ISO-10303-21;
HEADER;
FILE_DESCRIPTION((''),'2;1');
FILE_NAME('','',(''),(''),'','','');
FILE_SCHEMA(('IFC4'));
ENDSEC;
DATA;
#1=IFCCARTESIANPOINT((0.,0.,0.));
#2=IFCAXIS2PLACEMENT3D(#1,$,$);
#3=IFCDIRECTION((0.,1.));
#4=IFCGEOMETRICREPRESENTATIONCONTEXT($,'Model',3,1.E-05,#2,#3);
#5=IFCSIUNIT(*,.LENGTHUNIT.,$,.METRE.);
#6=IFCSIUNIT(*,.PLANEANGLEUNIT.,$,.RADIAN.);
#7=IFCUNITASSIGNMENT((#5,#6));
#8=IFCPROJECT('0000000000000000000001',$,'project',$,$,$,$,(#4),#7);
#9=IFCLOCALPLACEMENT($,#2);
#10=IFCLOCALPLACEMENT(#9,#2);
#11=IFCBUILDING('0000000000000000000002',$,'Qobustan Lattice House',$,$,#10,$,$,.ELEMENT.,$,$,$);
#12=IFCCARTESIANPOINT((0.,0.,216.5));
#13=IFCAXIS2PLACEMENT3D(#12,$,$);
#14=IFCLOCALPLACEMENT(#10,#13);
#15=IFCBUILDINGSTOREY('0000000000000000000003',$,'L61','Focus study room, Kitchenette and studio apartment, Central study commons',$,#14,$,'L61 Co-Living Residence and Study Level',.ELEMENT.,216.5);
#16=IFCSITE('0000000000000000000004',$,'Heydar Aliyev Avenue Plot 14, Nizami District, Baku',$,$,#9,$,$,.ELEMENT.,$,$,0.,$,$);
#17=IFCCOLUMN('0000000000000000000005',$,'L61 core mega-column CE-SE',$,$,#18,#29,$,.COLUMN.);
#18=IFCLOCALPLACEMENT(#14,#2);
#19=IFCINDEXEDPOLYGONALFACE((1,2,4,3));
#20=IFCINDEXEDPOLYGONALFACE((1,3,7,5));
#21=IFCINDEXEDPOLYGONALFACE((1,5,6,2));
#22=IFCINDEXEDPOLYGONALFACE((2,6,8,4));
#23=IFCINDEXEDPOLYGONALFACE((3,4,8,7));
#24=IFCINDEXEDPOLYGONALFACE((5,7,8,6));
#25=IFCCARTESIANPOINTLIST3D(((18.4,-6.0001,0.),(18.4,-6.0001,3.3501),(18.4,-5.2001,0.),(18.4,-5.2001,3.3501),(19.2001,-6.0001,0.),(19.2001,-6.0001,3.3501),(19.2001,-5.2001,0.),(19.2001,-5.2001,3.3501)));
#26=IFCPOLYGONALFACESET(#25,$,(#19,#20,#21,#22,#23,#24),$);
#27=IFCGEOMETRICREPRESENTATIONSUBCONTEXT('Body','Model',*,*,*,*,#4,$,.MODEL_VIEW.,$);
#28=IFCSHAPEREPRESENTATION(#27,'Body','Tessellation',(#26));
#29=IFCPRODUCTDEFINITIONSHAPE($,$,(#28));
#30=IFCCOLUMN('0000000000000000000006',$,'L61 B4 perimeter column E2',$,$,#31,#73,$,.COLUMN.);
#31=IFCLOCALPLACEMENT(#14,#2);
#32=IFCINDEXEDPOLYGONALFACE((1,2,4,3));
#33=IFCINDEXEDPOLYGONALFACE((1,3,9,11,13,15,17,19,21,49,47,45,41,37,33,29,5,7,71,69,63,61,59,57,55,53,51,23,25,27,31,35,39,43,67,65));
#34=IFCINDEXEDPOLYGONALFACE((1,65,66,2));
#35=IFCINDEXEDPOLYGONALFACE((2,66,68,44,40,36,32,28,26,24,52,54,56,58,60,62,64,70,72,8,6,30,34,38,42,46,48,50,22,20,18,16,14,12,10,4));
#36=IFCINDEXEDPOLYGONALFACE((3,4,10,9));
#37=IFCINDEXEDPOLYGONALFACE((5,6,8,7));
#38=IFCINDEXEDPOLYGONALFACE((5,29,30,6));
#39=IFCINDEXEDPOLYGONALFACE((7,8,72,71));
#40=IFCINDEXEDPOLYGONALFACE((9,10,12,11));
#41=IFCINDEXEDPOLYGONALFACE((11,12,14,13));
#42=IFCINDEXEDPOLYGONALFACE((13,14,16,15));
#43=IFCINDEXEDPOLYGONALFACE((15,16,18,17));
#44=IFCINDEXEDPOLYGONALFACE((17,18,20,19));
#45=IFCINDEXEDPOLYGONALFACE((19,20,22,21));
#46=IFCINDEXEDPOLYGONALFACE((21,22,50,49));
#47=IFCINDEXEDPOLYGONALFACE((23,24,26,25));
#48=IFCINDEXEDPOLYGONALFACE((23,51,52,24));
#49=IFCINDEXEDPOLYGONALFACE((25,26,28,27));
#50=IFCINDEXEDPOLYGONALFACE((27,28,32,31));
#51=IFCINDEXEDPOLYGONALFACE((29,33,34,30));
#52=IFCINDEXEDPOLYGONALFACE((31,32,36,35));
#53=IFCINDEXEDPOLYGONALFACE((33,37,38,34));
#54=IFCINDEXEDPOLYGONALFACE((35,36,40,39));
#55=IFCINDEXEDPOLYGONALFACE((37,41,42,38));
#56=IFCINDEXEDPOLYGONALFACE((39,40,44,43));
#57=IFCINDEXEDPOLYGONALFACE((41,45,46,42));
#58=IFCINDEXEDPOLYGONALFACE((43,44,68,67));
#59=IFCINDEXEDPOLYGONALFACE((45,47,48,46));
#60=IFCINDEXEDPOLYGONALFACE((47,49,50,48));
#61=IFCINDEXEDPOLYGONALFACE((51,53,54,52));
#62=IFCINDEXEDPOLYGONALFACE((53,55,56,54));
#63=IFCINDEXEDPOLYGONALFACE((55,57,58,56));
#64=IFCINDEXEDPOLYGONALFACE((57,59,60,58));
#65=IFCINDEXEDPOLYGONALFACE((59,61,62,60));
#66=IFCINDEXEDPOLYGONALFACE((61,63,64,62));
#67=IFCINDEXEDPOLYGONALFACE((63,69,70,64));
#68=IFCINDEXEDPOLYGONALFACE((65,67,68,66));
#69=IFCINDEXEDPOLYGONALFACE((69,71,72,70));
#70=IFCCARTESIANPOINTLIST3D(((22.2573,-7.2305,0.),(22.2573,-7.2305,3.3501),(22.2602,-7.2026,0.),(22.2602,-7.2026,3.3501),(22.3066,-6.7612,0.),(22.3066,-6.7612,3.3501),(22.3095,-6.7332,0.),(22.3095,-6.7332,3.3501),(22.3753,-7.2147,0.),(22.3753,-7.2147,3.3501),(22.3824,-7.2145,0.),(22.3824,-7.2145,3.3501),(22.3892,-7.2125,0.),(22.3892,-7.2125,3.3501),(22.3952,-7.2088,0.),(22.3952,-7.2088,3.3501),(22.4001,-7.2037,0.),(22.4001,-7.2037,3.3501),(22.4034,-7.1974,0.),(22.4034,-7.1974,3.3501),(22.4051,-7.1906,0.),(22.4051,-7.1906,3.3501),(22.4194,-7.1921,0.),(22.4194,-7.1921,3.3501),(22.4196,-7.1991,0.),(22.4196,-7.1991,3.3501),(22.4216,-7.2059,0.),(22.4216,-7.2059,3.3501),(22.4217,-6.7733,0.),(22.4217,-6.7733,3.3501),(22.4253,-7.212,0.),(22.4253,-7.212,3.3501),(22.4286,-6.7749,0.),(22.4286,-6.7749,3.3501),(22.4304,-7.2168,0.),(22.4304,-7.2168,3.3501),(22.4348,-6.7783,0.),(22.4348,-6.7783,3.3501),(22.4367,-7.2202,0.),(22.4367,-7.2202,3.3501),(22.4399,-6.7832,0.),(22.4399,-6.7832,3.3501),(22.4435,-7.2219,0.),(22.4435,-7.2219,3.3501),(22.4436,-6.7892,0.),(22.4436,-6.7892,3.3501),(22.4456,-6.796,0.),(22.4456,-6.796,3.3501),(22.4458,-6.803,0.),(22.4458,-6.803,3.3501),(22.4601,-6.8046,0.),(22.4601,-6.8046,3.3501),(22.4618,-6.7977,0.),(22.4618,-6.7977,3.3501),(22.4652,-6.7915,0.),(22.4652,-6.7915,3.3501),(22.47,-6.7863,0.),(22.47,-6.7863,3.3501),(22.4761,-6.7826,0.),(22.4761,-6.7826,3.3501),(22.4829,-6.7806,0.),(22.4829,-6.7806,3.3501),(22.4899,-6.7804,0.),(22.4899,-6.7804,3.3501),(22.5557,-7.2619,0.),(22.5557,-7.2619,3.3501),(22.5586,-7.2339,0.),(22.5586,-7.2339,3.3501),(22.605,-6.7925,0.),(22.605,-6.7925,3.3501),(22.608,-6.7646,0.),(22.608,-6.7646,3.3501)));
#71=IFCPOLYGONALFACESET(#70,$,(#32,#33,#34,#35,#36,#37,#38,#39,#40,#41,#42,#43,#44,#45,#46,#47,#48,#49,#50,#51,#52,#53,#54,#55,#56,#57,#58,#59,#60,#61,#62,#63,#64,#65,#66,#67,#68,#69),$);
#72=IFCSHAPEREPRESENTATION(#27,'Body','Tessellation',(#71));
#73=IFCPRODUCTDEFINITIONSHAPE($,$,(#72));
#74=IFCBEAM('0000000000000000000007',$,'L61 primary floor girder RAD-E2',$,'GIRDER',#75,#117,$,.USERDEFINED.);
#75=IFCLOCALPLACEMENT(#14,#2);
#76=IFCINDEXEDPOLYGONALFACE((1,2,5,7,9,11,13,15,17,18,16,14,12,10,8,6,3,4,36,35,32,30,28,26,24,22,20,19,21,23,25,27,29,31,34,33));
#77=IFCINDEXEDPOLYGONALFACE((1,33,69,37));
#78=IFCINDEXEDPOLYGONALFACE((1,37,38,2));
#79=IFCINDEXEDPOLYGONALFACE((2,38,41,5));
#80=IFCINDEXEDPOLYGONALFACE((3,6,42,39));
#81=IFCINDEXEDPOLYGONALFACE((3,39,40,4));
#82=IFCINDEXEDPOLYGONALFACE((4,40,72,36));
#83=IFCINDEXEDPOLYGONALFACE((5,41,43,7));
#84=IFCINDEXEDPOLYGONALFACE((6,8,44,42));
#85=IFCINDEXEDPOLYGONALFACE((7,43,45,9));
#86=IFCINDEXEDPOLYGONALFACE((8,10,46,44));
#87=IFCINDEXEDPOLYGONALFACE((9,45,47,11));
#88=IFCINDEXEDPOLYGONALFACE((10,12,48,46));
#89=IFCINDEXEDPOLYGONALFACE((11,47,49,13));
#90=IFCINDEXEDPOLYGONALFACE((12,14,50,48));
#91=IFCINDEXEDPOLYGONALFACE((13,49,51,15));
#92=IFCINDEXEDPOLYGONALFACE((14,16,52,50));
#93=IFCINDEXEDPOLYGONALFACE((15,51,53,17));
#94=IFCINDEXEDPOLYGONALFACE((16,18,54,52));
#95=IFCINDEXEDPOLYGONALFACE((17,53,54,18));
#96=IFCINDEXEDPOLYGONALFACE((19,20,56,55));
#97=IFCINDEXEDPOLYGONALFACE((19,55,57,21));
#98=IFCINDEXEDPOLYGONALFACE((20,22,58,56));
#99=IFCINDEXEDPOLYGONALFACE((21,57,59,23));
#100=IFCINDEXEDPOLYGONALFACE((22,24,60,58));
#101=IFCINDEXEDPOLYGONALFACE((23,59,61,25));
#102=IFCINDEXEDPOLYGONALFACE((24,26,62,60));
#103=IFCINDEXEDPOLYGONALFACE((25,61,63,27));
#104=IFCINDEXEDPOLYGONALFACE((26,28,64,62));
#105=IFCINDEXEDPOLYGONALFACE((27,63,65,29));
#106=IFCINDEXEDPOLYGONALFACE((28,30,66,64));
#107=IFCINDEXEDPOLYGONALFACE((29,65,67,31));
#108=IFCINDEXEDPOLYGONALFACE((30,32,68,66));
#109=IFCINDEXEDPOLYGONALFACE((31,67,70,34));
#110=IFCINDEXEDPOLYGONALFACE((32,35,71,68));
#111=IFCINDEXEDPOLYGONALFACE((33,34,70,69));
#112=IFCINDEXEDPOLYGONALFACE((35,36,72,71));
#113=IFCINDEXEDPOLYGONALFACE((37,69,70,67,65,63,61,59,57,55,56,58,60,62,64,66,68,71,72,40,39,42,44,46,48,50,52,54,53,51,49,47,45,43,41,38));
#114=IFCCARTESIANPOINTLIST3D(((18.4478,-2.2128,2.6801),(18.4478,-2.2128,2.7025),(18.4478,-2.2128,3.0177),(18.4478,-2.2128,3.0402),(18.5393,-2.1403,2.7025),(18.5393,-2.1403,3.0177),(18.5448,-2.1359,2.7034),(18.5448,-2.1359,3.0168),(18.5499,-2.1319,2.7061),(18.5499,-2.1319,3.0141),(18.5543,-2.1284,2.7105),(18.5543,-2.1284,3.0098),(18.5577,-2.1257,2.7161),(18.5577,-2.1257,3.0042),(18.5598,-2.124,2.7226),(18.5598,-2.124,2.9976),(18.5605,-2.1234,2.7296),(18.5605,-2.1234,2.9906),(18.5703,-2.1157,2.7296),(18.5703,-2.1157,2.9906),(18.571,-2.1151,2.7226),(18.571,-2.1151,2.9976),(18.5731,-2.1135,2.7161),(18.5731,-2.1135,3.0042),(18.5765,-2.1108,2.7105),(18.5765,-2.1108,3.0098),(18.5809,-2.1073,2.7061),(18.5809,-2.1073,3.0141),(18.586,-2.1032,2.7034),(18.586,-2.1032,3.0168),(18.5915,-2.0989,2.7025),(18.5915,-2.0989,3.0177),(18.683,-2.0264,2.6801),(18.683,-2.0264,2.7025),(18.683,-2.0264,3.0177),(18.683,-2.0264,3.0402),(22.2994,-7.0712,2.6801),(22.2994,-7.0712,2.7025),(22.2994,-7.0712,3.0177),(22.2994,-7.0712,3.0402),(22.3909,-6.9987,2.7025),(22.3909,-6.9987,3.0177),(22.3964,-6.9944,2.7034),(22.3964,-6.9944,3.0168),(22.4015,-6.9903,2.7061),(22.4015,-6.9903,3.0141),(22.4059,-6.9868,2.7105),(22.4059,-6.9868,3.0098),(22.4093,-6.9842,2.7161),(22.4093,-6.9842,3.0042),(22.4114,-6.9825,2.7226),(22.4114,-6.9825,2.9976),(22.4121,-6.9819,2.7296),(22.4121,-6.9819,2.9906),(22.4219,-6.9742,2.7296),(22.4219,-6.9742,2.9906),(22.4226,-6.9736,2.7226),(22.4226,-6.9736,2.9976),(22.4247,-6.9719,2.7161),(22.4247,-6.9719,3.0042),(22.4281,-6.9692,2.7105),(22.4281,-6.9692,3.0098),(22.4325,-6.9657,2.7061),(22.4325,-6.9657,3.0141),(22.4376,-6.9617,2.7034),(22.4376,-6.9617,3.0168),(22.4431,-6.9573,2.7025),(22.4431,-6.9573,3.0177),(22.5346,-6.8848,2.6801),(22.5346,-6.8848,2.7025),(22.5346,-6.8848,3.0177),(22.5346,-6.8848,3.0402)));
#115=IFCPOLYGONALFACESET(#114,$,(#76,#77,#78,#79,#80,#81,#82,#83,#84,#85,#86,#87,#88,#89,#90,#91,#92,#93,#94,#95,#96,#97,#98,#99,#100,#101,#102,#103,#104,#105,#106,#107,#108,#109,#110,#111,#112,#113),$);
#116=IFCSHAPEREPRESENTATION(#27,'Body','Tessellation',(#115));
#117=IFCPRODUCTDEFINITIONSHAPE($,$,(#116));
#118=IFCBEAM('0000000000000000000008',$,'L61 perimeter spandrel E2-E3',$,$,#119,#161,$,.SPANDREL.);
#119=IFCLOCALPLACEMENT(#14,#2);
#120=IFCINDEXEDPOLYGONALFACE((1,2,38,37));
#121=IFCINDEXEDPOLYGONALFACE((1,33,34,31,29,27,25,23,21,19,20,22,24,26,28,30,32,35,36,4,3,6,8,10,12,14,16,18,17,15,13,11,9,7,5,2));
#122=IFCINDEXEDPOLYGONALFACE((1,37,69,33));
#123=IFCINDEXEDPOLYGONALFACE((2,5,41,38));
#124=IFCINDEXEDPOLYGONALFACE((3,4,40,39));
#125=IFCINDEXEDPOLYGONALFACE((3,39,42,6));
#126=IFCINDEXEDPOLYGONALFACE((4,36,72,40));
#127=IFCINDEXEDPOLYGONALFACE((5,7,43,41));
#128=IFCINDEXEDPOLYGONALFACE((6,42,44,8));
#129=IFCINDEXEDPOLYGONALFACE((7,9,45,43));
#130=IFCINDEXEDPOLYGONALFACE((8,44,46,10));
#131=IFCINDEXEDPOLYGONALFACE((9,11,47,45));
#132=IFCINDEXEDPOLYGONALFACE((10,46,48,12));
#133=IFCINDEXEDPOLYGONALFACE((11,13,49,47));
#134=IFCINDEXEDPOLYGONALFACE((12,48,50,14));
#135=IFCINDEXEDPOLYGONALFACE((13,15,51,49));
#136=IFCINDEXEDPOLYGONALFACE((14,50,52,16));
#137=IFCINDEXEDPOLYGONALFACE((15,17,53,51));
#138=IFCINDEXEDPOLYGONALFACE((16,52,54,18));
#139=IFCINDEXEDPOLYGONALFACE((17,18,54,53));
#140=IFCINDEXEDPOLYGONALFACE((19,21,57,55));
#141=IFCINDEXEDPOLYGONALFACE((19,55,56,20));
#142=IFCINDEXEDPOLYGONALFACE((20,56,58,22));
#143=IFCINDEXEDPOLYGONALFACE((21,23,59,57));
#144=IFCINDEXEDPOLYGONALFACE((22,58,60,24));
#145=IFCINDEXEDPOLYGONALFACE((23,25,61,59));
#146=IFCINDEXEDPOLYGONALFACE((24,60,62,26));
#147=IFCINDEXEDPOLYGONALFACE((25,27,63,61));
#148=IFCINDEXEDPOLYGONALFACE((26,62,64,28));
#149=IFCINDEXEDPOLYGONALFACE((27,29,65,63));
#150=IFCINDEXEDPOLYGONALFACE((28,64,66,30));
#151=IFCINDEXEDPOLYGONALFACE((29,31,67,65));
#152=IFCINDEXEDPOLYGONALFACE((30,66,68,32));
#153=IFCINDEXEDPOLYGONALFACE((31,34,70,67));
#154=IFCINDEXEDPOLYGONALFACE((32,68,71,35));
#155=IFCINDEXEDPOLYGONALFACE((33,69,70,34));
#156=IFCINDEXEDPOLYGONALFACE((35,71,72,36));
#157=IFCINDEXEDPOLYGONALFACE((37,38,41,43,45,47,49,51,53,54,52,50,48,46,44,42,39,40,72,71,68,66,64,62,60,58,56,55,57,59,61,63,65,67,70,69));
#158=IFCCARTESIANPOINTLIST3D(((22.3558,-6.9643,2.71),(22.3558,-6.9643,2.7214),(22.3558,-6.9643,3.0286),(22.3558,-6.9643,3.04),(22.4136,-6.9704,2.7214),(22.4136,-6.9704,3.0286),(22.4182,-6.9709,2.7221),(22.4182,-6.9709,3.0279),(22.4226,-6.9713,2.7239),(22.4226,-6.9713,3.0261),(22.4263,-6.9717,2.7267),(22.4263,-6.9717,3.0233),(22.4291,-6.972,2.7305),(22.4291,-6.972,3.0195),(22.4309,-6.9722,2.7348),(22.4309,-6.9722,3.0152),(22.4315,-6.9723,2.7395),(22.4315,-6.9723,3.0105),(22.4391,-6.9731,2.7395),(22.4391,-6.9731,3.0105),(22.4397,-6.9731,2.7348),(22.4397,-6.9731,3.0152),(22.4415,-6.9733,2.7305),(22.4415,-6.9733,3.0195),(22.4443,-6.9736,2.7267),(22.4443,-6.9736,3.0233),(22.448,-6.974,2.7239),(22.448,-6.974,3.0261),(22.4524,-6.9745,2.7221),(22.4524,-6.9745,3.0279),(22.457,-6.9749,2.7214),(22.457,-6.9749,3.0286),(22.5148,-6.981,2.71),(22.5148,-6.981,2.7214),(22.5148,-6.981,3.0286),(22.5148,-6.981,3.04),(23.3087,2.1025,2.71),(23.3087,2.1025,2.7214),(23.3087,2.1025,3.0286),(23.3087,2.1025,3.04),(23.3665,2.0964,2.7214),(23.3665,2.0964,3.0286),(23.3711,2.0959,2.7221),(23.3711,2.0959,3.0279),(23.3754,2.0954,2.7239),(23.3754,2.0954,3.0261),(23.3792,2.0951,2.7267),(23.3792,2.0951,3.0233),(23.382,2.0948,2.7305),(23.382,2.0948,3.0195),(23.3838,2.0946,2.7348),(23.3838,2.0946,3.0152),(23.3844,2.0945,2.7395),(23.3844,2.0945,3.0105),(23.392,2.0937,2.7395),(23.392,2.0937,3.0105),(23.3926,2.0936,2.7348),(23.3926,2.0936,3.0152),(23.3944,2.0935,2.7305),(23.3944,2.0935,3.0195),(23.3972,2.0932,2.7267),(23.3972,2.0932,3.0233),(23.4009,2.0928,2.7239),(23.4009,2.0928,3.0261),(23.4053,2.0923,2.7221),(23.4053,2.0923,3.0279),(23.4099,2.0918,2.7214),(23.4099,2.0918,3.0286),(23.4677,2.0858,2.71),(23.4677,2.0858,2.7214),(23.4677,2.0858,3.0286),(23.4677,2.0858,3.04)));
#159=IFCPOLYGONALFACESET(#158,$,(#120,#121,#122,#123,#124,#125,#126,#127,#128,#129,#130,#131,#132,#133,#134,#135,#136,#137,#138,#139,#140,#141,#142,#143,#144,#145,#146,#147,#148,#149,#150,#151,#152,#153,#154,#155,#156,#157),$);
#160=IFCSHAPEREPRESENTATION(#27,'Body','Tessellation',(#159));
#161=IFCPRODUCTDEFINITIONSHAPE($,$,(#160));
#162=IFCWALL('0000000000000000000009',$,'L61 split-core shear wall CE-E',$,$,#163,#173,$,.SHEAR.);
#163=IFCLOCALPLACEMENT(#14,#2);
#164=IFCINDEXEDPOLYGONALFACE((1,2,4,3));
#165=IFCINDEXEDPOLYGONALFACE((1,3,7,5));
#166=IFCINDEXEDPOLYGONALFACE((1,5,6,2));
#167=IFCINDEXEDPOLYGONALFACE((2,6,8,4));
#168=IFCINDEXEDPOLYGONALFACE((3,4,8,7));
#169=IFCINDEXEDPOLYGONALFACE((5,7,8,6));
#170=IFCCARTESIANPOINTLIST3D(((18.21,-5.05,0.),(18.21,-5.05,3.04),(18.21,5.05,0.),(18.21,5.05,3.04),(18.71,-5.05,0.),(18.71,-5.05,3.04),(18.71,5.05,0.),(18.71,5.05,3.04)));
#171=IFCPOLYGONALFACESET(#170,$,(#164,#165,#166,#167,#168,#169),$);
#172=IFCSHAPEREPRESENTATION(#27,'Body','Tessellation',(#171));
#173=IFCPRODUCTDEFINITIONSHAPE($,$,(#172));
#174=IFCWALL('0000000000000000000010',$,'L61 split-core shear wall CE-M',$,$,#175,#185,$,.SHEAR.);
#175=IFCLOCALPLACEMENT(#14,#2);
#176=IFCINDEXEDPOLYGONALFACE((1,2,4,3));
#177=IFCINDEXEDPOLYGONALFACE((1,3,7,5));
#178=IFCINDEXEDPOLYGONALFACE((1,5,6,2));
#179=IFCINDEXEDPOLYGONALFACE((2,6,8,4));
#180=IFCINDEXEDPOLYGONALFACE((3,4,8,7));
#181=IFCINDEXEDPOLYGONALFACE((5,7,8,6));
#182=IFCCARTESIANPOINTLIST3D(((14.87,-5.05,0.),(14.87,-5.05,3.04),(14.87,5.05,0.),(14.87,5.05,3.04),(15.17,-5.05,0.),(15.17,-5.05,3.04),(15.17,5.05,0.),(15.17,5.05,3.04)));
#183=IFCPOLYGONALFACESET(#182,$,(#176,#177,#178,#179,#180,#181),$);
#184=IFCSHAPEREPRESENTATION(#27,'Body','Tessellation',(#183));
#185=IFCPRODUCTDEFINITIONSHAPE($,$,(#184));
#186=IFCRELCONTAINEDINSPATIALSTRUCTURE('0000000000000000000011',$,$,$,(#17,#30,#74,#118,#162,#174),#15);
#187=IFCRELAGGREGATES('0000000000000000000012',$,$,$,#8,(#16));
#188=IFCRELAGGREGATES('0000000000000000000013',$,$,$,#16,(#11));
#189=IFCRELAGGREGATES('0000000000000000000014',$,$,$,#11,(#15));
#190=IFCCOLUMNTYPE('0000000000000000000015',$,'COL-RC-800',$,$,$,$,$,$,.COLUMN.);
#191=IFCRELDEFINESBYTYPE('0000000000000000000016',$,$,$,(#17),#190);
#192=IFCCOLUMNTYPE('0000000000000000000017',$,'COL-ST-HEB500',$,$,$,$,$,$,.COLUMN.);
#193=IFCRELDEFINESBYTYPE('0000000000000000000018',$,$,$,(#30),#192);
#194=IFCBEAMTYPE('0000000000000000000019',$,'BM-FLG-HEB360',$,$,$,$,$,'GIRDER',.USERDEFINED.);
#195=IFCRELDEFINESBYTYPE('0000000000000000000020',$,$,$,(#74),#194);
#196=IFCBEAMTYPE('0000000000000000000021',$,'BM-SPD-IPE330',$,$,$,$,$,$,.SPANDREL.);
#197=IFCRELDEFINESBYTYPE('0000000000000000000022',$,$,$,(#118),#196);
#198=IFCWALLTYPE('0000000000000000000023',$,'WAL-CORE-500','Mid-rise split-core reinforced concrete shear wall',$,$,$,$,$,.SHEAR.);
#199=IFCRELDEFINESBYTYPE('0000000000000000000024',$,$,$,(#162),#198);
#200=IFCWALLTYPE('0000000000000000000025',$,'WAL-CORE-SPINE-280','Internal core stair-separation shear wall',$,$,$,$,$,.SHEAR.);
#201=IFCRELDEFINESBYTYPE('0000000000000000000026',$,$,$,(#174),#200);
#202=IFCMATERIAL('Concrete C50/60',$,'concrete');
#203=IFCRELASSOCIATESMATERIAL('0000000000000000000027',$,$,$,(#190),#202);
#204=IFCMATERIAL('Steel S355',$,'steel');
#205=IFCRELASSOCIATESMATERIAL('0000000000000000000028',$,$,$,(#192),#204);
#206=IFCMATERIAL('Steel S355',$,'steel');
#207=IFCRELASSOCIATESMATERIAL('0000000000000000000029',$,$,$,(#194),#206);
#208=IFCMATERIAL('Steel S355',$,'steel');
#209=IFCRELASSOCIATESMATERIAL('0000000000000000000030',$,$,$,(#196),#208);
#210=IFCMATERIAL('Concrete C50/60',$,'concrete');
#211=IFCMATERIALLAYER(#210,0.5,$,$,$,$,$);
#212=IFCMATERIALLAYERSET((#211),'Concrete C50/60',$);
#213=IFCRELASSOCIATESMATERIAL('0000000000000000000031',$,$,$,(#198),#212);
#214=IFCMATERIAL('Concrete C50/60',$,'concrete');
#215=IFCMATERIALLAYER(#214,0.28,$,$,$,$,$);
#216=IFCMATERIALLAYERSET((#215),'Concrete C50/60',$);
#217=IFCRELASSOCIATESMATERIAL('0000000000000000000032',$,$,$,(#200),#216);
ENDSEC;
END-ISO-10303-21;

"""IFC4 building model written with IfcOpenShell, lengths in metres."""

from ifc_helpers import new_model, si_unit, direction, frame, frame_2d, origin, origin_2d, place, context, subcontext, project, spatial, rectangle, i_section, extrude, material, layer, layer_set, material_profile, profile_set, type_object, element, save


model = new_model("IFC4")

# Units and contexts
model_context = context("Model", 3, precision=1e-05, world=origin(), true_north=direction((0.0, 1.0)))
body_context = subcontext(model_context, "Body", "Model", "MODEL_VIEW")
ifc_project = project(units=[si_unit("LENGTHUNIT", "METRE"), si_unit("PLANEANGLEUNIT", "RADIAN")], contexts=[model_context])

# Site, building, storey
site_placement = place(None, origin())
site = spatial("IfcSite", under=ifc_project, at=site_placement, Name="Heydar Aliyev Avenue Plot 14, Nizami District, Baku", CompositionType="ELEMENT", RefElevation=0.0)
building_placement = place(site_placement, origin())
building = spatial("IfcBuilding", under=site, at=building_placement, Name="Qobustan Lattice House", CompositionType="ELEMENT")
storey_placement = place(building_placement, frame((0.0, 0.0, 216.5)))
storey = spatial("IfcBuildingStorey", under=building, at=storey_placement, Name="L61", Description="Focus study room, Kitchenette and studio apartment, Central study commons", LongName="L61 Co-Living Residence and Study Level", CompositionType="ELEMENT", Elevation=216.5)

# Columns
ifc_material_1 = material(Name="Concrete C50/60", Category="concrete")
ifc_material_profile_1 = material_profile(ifc_material_1, rectangle(XDim=0.8, YDim=0.8, at=origin_2d()), Name="RC800x800")
ifc_profile_set_1 = profile_set([ifc_material_profile_1], Name="Concrete C50/60")
column_type_1 = type_object("IfcColumnType", Name="COL-RC-800", PredefinedType="COLUMN", material=ifc_profile_set_1)
column_1_placement = place(storey_placement, frame((18.8, -5.6001, 0.0), z_axis=(0.0, 0.0, 1.0), x_axis=(1.0, 0.0, 0.0)))
element("IfcColumn", 1, at=column_1_placement, inside=storey, type_object=column_type_1, Name="L61 core mega-column CE-SE", PredefinedType="COLUMN", context=body_context, shape_type="SweptSolid", body=[
    extrude(rectangle(XDim=0.8, YDim=0.8, at=origin_2d()), origin(), (0.0, 0.0, 1.0), 3.3501),
])
ifc_material_2 = material(Name="Steel S355", Category="steel")
ifc_material_profile_2 = material_profile(ifc_material_2, i_section(OverallWidth=0.3, OverallDepth=0.5, WebThickness=0.0144, FlangeThickness=0.0281, FilletRadius=0.0271, at=origin_2d()), Name="HEB500")
ifc_profile_set_2 = profile_set([ifc_material_profile_2], Name="Steel S355")
column_type_2 = type_object("IfcColumnType", Name="COL-ST-HEB500", PredefinedType="COLUMN", material=ifc_profile_set_2)
column_2_placement = place(storey_placement, frame((22.4326, -6.9976, 0.0), z_axis=(0.0, 0.0, 1.0), x_axis=(0.994522, -0.104528, 0.0)))
element("IfcColumn", 2, at=column_2_placement, inside=storey, type_object=column_type_2, Name="L61 B4 perimeter column E2", PredefinedType="COLUMN", context=body_context, shape_type="SweptSolid", body=[
    extrude(i_section(OverallWidth=0.3, OverallDepth=0.5, WebThickness=0.0144, FlangeThickness=0.0281, FilletRadius=0.0271, at=origin_2d()), origin(), (0.0, 0.0, 1.0), 3.3501),
])

# Beams
ifc_material_3 = material(Name="Steel S355", Category="steel")
ifc_material_profile_3 = material_profile(ifc_material_3, i_section(OverallWidth=0.3, OverallDepth=0.3601, WebThickness=0.0125, FlangeThickness=0.0225, FilletRadius=0.0271, at=origin_2d()), Name="HEB360")
ifc_profile_set_3 = profile_set([ifc_material_profile_3], Name="Steel S355")
beam_type_1 = type_object("IfcBeamType", Name="BM-FLG-HEB360", ElementType="GIRDER", PredefinedType="USERDEFINED", material=ifc_profile_set_3)
beam_1_placement = place(storey_placement, frame((22.417, -6.978, 2.8601), z_axis=(-0.621231, 0.783627, 0.0), x_axis=(-0.783627, -0.621231, 0.0)))
element("IfcBeam", 3, at=beam_1_placement, inside=storey, type_object=beam_type_1, Name="L61 primary floor girder RAD-E2", ObjectType="GIRDER", PredefinedType="USERDEFINED", context=body_context, shape_type="SweptSolid", body=[
    extrude(i_section(OverallWidth=0.3, OverallDepth=0.3601, WebThickness=0.0125, FlangeThickness=0.0225, FilletRadius=0.0271, at=origin_2d()), origin(), (0.0, 0.0, 1.0), 6.2),
])
ifc_material_4 = material(Name="Steel S355", Category="steel")
ifc_material_profile_4 = material_profile(ifc_material_4, i_section(OverallWidth=0.1599, OverallDepth=0.3301, WebThickness=0.0076, FlangeThickness=0.0115, FilletRadius=0.0181, at=origin_2d()), Name="IPE330")
ifc_profile_set_4 = profile_set([ifc_material_profile_4], Name="Steel S355")
beam_type_2 = type_object("IfcBeamType", Name="BM-SPD-IPE330", PredefinedType="SPANDREL", material=ifc_profile_set_4)
beam_2_placement = place(storey_placement, frame((22.4353, -6.9727, 2.875), z_axis=(0.104522, 0.994523, 0.0), x_axis=(-0.994523, 0.104522, 0.0)))
element("IfcBeam", 4, at=beam_2_placement, inside=storey, type_object=beam_type_2, Name="L61 perimeter spandrel E2-E3", PredefinedType="SPANDREL", context=body_context, shape_type="SweptSolid", body=[
    extrude(i_section(OverallWidth=0.1599, OverallDepth=0.3301, WebThickness=0.0076, FlangeThickness=0.0115, FilletRadius=0.0181, at=origin_2d()), origin(), (0.0, 0.0, 1.0), 9.1167),
])

# Walls
ifc_material_5 = material(Name="Concrete C50/60", Category="concrete")
ifc_layer_1 = layer(ifc_material_5, 0.5)
ifc_layer_set_1 = layer_set([ifc_layer_1], Name="Concrete C50/60")
wall_type_1 = type_object("IfcWallType", Name="WAL-CORE-500", Description="Mid-rise split-core reinforced concrete shear wall", PredefinedType="SHEAR", material=ifc_layer_set_1)
wall_1_placement = place(storey_placement, frame((18.46, -5.05, 0.0), z_axis=(0.0, 0.0, 1.0), x_axis=(0.0, 1.0, 0.0)))
element("IfcWall", 5, at=wall_1_placement, inside=storey, type_object=wall_type_1, Name="L61 split-core shear wall CE-E", PredefinedType="SHEAR", context=body_context, shape_type="SweptSolid", body=[
    extrude(rectangle(XDim=10.1001, YDim=0.5, at=frame_2d((5.05, 0.0))), origin(), (0.0, 0.0, 1.0), 3.04),
])
ifc_material_6 = material(Name="Concrete C50/60", Category="concrete")
ifc_layer_2 = layer(ifc_material_6, 0.28)
ifc_layer_set_2 = layer_set([ifc_layer_2], Name="Concrete C50/60")
wall_type_2 = type_object("IfcWallType", Name="WAL-CORE-SPINE-280", Description="Internal core stair-separation shear wall", PredefinedType="SHEAR", material=ifc_layer_set_2)
wall_2_placement = place(storey_placement, frame((15.02, -5.05, 0.0), z_axis=(0.0, 0.0, 1.0), x_axis=(0.0, 1.0, 0.0)))
element("IfcWall", 6, at=wall_2_placement, inside=storey, type_object=wall_type_2, Name="L61 split-core shear wall CE-M", PredefinedType="SHEAR", context=body_context, shape_type="SweptSolid", body=[
    extrude(rectangle(XDim=10.1001, YDim=0.3, at=frame_2d((5.05, 0.0))), origin(), (0.0, 0.0, 1.0), 3.04),
])

save(model, "model.ifc")
